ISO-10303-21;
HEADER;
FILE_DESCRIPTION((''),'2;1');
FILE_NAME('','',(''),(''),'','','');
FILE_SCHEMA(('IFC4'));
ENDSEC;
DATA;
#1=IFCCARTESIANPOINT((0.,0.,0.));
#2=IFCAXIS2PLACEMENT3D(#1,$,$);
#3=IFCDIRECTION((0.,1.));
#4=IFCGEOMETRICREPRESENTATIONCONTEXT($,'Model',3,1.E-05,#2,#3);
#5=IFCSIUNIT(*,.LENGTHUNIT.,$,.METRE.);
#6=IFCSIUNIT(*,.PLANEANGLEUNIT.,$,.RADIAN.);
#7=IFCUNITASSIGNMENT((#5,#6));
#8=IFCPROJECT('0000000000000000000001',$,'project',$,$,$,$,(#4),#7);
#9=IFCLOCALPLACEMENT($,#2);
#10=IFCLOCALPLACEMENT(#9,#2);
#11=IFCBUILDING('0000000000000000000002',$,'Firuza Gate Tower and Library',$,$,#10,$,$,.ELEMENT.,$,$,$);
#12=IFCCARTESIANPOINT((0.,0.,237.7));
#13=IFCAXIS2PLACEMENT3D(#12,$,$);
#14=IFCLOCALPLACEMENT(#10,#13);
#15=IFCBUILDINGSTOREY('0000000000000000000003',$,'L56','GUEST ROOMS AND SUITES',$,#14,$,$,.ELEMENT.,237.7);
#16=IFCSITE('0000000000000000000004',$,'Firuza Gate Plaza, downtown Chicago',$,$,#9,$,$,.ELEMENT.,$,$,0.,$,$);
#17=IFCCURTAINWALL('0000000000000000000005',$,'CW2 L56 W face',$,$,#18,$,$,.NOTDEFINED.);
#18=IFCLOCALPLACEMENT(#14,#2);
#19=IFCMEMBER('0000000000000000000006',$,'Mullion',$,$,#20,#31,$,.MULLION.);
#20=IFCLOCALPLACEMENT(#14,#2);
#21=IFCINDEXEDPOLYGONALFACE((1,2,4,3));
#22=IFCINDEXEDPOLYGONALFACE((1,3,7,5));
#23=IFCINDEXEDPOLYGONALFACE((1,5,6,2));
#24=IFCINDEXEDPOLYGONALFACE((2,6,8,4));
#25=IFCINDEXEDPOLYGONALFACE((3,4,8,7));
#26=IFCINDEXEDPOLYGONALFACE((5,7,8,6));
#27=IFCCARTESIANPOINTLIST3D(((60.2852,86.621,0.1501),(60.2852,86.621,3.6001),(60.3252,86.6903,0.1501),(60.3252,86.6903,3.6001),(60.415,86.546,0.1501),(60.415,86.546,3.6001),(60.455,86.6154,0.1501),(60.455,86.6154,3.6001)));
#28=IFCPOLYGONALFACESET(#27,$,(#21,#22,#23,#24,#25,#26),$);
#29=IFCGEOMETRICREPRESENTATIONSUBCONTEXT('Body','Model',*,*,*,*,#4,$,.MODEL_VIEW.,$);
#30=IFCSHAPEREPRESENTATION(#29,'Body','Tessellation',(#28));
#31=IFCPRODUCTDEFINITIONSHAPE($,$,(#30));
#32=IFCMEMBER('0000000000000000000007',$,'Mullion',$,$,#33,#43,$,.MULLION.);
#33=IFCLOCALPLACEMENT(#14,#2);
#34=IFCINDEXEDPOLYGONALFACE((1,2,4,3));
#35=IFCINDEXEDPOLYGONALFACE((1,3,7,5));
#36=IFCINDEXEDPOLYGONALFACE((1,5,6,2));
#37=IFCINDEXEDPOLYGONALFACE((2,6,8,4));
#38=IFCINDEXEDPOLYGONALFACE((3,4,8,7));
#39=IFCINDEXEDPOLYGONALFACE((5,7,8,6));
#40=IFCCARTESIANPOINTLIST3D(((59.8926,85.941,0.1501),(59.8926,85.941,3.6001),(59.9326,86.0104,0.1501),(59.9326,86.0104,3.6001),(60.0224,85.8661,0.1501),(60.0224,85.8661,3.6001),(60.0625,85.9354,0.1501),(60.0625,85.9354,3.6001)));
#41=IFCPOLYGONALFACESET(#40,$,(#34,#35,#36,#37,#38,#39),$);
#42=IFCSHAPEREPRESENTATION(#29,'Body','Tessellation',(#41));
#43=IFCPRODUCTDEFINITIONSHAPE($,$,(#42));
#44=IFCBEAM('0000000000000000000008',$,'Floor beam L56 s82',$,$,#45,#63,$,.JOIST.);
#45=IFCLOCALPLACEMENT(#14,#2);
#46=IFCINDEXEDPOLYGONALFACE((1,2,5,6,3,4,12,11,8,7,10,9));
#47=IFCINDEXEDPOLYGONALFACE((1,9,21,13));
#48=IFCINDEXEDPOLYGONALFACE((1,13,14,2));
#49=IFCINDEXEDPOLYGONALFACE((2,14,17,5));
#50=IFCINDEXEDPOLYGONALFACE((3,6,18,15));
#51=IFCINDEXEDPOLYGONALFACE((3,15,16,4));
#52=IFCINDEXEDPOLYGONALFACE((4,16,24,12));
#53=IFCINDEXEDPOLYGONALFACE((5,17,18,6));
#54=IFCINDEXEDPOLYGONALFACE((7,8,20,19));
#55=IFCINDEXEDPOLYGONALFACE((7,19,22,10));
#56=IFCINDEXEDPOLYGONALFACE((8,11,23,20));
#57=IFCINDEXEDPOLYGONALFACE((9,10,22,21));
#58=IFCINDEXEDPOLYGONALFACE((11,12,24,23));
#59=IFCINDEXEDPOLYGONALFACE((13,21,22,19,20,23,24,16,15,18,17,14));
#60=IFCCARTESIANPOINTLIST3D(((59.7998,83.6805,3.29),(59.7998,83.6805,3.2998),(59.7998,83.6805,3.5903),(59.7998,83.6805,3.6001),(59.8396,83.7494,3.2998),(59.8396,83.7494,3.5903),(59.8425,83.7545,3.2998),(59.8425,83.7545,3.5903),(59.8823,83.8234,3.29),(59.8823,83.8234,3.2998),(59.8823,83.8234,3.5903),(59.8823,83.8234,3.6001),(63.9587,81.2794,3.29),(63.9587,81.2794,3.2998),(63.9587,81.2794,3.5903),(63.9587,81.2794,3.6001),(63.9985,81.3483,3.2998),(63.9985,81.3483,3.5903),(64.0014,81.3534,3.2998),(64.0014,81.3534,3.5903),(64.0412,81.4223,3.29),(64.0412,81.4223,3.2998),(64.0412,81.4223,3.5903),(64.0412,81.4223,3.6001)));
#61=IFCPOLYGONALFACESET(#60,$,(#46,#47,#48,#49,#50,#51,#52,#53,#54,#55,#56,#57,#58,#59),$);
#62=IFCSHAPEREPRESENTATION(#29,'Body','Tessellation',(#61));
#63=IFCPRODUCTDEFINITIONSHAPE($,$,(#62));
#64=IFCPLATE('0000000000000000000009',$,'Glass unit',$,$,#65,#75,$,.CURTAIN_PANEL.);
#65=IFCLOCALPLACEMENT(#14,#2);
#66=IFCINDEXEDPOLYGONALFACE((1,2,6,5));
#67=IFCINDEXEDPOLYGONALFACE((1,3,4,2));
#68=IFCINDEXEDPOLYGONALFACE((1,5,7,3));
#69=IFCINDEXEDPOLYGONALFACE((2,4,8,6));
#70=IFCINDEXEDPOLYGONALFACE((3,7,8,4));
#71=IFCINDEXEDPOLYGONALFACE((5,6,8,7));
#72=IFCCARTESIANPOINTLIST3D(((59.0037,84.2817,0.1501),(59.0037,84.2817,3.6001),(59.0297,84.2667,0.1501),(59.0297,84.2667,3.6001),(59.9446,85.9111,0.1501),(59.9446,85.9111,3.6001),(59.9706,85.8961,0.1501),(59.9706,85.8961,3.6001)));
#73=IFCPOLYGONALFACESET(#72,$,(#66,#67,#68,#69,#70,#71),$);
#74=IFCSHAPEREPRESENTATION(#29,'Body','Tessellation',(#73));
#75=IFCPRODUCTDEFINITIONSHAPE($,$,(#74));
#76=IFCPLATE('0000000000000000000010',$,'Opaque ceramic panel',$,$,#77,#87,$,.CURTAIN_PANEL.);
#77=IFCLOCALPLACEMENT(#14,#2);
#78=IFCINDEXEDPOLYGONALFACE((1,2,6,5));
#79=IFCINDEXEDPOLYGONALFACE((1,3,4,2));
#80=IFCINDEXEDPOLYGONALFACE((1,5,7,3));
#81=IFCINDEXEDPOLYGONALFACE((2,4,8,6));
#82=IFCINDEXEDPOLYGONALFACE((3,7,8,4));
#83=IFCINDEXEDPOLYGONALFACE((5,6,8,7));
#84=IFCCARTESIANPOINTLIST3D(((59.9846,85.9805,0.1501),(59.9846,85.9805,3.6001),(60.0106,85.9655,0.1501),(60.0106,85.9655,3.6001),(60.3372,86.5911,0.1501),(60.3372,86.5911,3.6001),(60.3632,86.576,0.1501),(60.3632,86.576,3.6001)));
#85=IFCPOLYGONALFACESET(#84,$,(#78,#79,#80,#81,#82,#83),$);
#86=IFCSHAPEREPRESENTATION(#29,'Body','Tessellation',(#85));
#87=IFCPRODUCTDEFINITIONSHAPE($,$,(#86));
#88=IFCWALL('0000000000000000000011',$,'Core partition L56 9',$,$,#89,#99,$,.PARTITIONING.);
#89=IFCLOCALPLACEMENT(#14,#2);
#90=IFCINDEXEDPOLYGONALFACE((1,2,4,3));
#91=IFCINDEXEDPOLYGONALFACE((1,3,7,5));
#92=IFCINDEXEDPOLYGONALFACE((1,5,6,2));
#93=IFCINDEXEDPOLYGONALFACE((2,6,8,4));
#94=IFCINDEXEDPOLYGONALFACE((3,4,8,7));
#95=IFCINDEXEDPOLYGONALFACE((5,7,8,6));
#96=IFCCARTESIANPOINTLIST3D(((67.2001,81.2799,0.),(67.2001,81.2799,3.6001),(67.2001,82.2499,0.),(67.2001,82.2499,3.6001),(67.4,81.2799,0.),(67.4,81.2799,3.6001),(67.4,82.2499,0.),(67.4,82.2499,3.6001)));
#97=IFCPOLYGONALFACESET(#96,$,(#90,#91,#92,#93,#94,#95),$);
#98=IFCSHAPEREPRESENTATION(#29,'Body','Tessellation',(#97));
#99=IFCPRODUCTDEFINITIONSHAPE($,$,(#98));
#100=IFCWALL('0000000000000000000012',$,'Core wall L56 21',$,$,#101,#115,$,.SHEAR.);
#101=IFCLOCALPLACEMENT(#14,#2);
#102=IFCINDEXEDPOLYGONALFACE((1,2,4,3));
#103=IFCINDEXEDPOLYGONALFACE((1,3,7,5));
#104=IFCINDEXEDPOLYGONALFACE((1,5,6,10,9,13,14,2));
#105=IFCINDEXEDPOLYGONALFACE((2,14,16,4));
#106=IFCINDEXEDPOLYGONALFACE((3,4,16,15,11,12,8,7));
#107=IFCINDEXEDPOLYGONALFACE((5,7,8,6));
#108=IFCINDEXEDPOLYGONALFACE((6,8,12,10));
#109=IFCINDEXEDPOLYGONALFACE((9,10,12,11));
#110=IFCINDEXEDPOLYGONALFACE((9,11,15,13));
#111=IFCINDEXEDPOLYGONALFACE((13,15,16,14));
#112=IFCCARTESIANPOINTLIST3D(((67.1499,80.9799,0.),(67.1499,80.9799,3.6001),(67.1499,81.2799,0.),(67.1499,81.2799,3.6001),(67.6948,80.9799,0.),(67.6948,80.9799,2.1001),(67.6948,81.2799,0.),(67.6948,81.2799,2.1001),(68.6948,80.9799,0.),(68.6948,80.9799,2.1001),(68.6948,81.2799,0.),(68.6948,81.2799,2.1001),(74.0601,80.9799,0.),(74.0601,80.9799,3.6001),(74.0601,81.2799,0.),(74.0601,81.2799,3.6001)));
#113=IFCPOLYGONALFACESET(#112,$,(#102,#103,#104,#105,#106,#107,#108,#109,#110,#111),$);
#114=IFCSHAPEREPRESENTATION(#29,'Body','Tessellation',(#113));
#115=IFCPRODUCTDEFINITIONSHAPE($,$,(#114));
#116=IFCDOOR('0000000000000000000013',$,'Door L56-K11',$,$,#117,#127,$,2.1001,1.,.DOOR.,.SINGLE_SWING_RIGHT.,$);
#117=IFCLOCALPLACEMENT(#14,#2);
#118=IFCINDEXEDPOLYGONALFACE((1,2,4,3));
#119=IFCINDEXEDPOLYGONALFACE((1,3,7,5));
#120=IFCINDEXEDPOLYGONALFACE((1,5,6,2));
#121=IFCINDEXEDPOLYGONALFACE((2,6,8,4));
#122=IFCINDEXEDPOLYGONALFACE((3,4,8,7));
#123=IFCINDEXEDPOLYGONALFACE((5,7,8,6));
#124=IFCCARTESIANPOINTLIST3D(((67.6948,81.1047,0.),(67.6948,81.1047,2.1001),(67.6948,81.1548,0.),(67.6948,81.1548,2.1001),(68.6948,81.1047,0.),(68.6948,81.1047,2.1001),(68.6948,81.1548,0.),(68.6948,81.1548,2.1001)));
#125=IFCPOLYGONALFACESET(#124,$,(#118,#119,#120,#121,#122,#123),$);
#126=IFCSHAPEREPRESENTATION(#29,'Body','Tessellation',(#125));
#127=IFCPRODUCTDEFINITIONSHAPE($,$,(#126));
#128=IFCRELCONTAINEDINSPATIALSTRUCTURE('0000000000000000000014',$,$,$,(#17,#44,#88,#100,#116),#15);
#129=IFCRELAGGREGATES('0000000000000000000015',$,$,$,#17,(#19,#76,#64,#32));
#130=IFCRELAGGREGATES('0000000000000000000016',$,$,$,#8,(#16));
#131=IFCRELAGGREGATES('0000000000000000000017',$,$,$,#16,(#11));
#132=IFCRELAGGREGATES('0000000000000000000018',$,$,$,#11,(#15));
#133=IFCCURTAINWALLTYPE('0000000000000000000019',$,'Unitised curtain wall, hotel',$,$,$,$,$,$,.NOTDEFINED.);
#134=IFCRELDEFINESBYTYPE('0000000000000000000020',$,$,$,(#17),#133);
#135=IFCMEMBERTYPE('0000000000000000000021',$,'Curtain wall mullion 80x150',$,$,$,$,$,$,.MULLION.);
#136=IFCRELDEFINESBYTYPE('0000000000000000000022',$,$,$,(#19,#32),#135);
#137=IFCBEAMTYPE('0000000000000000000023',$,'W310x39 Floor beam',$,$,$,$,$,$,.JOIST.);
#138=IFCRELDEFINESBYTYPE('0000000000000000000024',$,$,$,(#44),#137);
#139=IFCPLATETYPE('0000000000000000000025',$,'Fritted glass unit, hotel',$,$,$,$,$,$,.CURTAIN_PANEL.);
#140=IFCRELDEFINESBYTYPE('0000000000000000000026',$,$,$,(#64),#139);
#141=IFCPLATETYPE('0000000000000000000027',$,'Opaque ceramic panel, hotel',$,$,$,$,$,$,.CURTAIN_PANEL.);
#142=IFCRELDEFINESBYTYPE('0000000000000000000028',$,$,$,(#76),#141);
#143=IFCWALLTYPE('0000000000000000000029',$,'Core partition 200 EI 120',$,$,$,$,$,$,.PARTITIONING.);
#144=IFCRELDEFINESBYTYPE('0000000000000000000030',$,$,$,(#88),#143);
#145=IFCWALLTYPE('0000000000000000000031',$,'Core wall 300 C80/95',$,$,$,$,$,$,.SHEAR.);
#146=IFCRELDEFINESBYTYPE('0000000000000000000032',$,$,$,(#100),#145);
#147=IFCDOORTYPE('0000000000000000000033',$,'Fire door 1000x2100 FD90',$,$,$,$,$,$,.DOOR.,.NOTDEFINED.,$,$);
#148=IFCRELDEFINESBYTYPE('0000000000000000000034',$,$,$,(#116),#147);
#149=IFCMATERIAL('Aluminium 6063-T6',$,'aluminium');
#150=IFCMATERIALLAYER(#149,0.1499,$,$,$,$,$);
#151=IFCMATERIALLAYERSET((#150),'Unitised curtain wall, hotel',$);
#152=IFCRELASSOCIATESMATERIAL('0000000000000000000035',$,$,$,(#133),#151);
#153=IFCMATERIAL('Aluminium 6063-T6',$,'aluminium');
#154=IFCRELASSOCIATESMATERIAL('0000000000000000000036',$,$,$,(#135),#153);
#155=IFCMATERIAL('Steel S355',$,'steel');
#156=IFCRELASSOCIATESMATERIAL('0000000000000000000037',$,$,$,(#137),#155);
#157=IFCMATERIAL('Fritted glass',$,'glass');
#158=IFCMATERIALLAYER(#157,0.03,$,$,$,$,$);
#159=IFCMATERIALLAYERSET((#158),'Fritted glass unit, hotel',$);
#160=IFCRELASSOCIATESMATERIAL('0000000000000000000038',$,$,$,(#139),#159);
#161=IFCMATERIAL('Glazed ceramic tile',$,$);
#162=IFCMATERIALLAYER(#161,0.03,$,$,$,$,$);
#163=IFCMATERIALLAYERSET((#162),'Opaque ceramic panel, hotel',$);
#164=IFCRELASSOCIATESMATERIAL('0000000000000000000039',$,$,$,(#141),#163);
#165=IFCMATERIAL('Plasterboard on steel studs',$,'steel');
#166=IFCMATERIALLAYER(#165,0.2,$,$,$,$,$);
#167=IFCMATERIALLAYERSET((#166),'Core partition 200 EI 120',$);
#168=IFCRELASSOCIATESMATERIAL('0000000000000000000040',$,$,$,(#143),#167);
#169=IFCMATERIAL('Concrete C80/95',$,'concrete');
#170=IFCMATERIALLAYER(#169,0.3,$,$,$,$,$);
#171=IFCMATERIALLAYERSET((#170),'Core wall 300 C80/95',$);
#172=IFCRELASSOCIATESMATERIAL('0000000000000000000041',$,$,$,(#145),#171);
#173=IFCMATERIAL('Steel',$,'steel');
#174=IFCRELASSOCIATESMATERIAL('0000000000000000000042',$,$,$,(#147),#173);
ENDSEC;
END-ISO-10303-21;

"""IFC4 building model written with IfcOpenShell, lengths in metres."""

from ifc_helpers import new_model, si_unit, direction, frame, frame_2d, origin, origin_2d, place, context, subcontext, project, spatial, polyline, rectangle, i_section, outline, extrude, material, layer, layer_set, material_profile, profile_set, type_object, element, fill, aggregate, save


model = new_model("IFC4")

# Units and contexts
model_context = context("Model", 3, precision=1e-05, world=origin(), true_north=direction((0.0, 1.0)))
body_context = subcontext(model_context, "Body", "Model", "MODEL_VIEW")
ifc_project = project(units=[si_unit("LENGTHUNIT", "METRE"), si_unit("PLANEANGLEUNIT", "RADIAN")], contexts=[model_context])

# Site, building, storey
site_placement = place(None, origin())
site = spatial("IfcSite", under=ifc_project, at=site_placement, Name="Firuza Gate Plaza, downtown Chicago", CompositionType="ELEMENT", RefElevation=0.0)
building_placement = place(site_placement, origin())
building = spatial("IfcBuilding", under=site, at=building_placement, Name="Firuza Gate Tower and Library", CompositionType="ELEMENT")
storey_placement = place(building_placement, frame((0.0, 0.0, 237.7)))
storey = spatial("IfcBuildingStorey", under=building, at=storey_placement, Name="L56", Description="GUEST ROOMS AND SUITES", CompositionType="ELEMENT", Elevation=237.7)

# Curtain wall, members
ifc_material_1 = material(Name="Aluminium 6063-T6", Category="aluminium")
ifc_layer_1 = layer(ifc_material_1, 0.1499)
ifc_layer_set_1 = layer_set([ifc_layer_1], Name="Unitised curtain wall, hotel")
curtain_wall_type = type_object("IfcCurtainWallType", Name="Unitised curtain wall, hotel", PredefinedType="NOTDEFINED", material=ifc_layer_set_1)
curtain_wall_placement = place(storey_placement, origin())
curtain_wall = element("IfcCurtainWall", 1, at=curtain_wall_placement, inside=storey, type_object=curtain_wall_type, Name="CW2 L56 W face", PredefinedType="NOTDEFINED")
ifc_material_2 = material(Name="Aluminium 6063-T6", Category="aluminium")
ifc_material_profile_1 = material_profile(ifc_material_2, rectangle(XDim=0.1499, YDim=0.0801, at=origin_2d()))
ifc_profile_set_1 = profile_set([ifc_material_profile_1], Name="Aluminium 6063-T6")
member_type = type_object("IfcMemberType", Name="Curtain wall mullion 80x150", PredefinedType="MULLION", material=ifc_profile_set_1)
member_1_placement = place(storey_placement, frame((60.3701, 86.6182, 0.1501), z_axis=(0.0, 0.0, 1.0), x_axis=(0.866025, -0.5, 0.0)))
member_1 = element("IfcMember", 2, at=member_1_placement, type_object=member_type, Name="Mullion", PredefinedType="MULLION", context=body_context, shape_type="SweptSolid", body=[
    extrude(rectangle(XDim=0.1499, YDim=0.0801, at=origin_2d()), origin(), (0.0, 0.0, 1.0), 3.45),
])
member_2_placement = place(storey_placement, frame((59.9775, 85.9382, 0.1501), z_axis=(0.0, 0.0, 1.0), x_axis=(0.866025, -0.5, 0.0)))
member_2 = element("IfcMember", 3, at=member_2_placement, type_object=member_type, Name="Mullion", PredefinedType="MULLION", context=body_context, shape_type="SweptSolid", body=[
    extrude(rectangle(XDim=0.1499, YDim=0.0801, at=origin_2d()), origin(), (0.0, 0.0, 1.0), 3.45),
])

# Beam
ifc_material_3 = material(Name="Steel S355", Category="steel")
ifc_material_profile_2 = material_profile(ifc_material_3, i_section(OverallWidth=0.165, OverallDepth=0.3101, WebThickness=0.0059, FlangeThickness=0.0098, at=origin_2d()))
ifc_profile_set_2 = profile_set([ifc_material_profile_2], Name="Steel S355")
beam_type = type_object("IfcBeamType", Name="W310x39 Floor beam", PredefinedType="JOIST", material=ifc_profile_set_2)
beam_placement = place(storey_placement, frame((59.8411, 83.752, 3.4451), z_axis=(0.866029, -0.499994, 0.0), x_axis=(0.499994, 0.866029, 0.0)))
element("IfcBeam", 4, at=beam_placement, inside=storey, type_object=beam_type, Name="Floor beam L56 s82", PredefinedType="JOIST", context=body_context, shape_type="SweptSolid", body=[
    extrude(i_section(OverallWidth=0.165, OverallDepth=0.3101, WebThickness=0.0059, FlangeThickness=0.0098, at=origin_2d()), origin(), (0.0, 0.0, 1.0), 4.8022),
])

# Plates
ifc_material_4 = material(Name="Fritted glass", Category="glass")
ifc_layer_2 = layer(ifc_material_4, 0.03)
ifc_layer_set_2 = layer_set([ifc_layer_2], Name="Fritted glass unit, hotel")
plate_type_1 = type_object("IfcPlateType", Name="Fritted glass unit, hotel", PredefinedType="CURTAIN_PANEL", material=ifc_layer_set_2)
plate_1_placement = place(storey_placement, frame((59.9446, 85.9111, 0.1501), z_axis=(-0.865982, 0.500074, 0.0), x_axis=(-0.500074, -0.865982, 0.0)))
plate_1 = element("IfcPlate", 5, at=plate_1_placement, type_object=plate_type_1, Name="Glass unit", PredefinedType="CURTAIN_PANEL", context=body_context, shape_type="SweptSolid", body=[
    extrude(outline(polyline([(0.0, 0.0), (1.8816, 0.0), (1.8816, 3.45), (0.0, 3.45), (0.0, 0.0)])), origin(), (0.0, 0.0, -1.0), 0.03),
])
ifc_material_5 = material(Name="Glazed ceramic tile")
ifc_layer_3 = layer(ifc_material_5, 0.03)
ifc_layer_set_3 = layer_set([ifc_layer_3], Name="Opaque ceramic panel, hotel")
plate_type_2 = type_object("IfcPlateType", Name="Opaque ceramic panel, hotel", PredefinedType="CURTAIN_PANEL", material=ifc_layer_set_3)
plate_2_placement = place(storey_placement, frame((60.3372, 86.5911, 0.1501), z_axis=(-0.866018, 0.500012, 0.0), x_axis=(-0.500012, -0.866018, 0.0)))
plate_2 = element("IfcPlate", 6, at=plate_2_placement, type_object=plate_type_2, Name="Opaque ceramic panel", PredefinedType="CURTAIN_PANEL", context=body_context, shape_type="SweptSolid", body=[
    extrude(outline(polyline([(0.0, 0.0), (0.7051, 0.0), (0.7051, 3.45), (0.0, 3.45), (0.0, 0.0)])), origin(), (0.0, 0.0, -1.0), 0.03),
])
aggregate(curtain_wall, [member_1, plate_2, plate_1, member_2])

# Wall
ifc_material_6 = material(Name="Plasterboard on steel studs", Category="steel")
ifc_layer_4 = layer(ifc_material_6, 0.2)
ifc_layer_set_4 = layer_set([ifc_layer_4], Name="Core partition 200 EI 120")
wall_type_1 = type_object("IfcWallType", Name="Core partition 200 EI 120", PredefinedType="PARTITIONING", material=ifc_layer_set_4)
wall_1_placement = place(storey_placement, frame((67.3, 81.28, 0.0), z_axis=(0.0, 0.0, 1.0), x_axis=(0.0, 1.0, 0.0)))
element("IfcWall", 7, at=wall_1_placement, inside=storey, type_object=wall_type_1, Name="Core partition L56 9", PredefinedType="PARTITIONING", context=body_context, shape_type="SweptSolid", body=[
    extrude(rectangle(XDim=0.97, YDim=0.2, at=frame_2d((0.4849, 0.0))), origin(), (0.0, 0.0, 1.0), 3.6001),
])

# Wall, opening, door
ifc_material_7 = material(Name="Concrete C80/95", Category="concrete")
ifc_layer_5 = layer(ifc_material_7, 0.3)
ifc_layer_set_5 = layer_set([ifc_layer_5], Name="Core wall 300 C80/95")
wall_type_2 = type_object("IfcWallType", Name="Core wall 300 C80/95", PredefinedType="SHEAR", material=ifc_layer_set_5)
wall_2_placement = place(storey_placement, frame((67.1499, 81.1299, 0.0), z_axis=(0.0, 0.0, 1.0), x_axis=(1.0, 0.0, 0.0)))
wall_2 = element("IfcWall", 8, at=wall_2_placement, inside=storey, type_object=wall_type_2, Name="Core wall L56 21", PredefinedType="SHEAR", context=body_context, shape_type="SweptSolid", body=[
    extrude(rectangle(XDim=6.9102, YDim=0.3, at=frame_2d((3.4551, 0.0))), origin(), (0.0, 0.0, 1.0), 3.6001),
])
opening_1_placement = place(wall_2_placement, frame((0.5449, 0.0, 0.0)))
opening_1 = element("IfcOpeningElement", 9, at=opening_1_placement, cuts=wall_2, PredefinedType="OPENING", context=body_context, shape_type="SweptSolid", body=[
    extrude(rectangle(XDim=1.0, YDim=2.1001, at=frame_2d((0.5, 1.05))), frame((0.0, 0.1602, 0.0), z_axis=(0.0, -1.0, 0.0), x_axis=(1.0, 0.0, 0.0)), (0.0, 0.0, 1.0), 0.3201),
])
ifc_material_8 = material(Name="Steel", Category="steel")
door_type_1 = type_object("IfcDoorType", Name="Fire door 1000x2100 FD90", OperationType="NOTDEFINED", PredefinedType="DOOR", material=ifc_material_8)
door_1_placement = place(opening_1_placement, origin())
door_1 = element("IfcDoor", 10, at=door_1_placement, inside=storey, type_object=door_type_1, Name="Door L56-K11", OperationType="SINGLE_SWING_RIGHT", OverallHeight=2.1001, OverallWidth=1.0, PredefinedType="DOOR", context=body_context, shape_type="SweptSolid", body=[
    extrude(rectangle(XDim=1.0, YDim=2.1001, at=frame_2d((0.5, 1.05))), frame((0.0, 0.0249, 0.0), z_axis=(0.0, -1.0, 0.0), x_axis=(1.0, 0.0, 0.0)), (0.0, 0.0, 1.0), 0.05),
])
fill(opening_1, door_1)

save(model, "model.ifc")
